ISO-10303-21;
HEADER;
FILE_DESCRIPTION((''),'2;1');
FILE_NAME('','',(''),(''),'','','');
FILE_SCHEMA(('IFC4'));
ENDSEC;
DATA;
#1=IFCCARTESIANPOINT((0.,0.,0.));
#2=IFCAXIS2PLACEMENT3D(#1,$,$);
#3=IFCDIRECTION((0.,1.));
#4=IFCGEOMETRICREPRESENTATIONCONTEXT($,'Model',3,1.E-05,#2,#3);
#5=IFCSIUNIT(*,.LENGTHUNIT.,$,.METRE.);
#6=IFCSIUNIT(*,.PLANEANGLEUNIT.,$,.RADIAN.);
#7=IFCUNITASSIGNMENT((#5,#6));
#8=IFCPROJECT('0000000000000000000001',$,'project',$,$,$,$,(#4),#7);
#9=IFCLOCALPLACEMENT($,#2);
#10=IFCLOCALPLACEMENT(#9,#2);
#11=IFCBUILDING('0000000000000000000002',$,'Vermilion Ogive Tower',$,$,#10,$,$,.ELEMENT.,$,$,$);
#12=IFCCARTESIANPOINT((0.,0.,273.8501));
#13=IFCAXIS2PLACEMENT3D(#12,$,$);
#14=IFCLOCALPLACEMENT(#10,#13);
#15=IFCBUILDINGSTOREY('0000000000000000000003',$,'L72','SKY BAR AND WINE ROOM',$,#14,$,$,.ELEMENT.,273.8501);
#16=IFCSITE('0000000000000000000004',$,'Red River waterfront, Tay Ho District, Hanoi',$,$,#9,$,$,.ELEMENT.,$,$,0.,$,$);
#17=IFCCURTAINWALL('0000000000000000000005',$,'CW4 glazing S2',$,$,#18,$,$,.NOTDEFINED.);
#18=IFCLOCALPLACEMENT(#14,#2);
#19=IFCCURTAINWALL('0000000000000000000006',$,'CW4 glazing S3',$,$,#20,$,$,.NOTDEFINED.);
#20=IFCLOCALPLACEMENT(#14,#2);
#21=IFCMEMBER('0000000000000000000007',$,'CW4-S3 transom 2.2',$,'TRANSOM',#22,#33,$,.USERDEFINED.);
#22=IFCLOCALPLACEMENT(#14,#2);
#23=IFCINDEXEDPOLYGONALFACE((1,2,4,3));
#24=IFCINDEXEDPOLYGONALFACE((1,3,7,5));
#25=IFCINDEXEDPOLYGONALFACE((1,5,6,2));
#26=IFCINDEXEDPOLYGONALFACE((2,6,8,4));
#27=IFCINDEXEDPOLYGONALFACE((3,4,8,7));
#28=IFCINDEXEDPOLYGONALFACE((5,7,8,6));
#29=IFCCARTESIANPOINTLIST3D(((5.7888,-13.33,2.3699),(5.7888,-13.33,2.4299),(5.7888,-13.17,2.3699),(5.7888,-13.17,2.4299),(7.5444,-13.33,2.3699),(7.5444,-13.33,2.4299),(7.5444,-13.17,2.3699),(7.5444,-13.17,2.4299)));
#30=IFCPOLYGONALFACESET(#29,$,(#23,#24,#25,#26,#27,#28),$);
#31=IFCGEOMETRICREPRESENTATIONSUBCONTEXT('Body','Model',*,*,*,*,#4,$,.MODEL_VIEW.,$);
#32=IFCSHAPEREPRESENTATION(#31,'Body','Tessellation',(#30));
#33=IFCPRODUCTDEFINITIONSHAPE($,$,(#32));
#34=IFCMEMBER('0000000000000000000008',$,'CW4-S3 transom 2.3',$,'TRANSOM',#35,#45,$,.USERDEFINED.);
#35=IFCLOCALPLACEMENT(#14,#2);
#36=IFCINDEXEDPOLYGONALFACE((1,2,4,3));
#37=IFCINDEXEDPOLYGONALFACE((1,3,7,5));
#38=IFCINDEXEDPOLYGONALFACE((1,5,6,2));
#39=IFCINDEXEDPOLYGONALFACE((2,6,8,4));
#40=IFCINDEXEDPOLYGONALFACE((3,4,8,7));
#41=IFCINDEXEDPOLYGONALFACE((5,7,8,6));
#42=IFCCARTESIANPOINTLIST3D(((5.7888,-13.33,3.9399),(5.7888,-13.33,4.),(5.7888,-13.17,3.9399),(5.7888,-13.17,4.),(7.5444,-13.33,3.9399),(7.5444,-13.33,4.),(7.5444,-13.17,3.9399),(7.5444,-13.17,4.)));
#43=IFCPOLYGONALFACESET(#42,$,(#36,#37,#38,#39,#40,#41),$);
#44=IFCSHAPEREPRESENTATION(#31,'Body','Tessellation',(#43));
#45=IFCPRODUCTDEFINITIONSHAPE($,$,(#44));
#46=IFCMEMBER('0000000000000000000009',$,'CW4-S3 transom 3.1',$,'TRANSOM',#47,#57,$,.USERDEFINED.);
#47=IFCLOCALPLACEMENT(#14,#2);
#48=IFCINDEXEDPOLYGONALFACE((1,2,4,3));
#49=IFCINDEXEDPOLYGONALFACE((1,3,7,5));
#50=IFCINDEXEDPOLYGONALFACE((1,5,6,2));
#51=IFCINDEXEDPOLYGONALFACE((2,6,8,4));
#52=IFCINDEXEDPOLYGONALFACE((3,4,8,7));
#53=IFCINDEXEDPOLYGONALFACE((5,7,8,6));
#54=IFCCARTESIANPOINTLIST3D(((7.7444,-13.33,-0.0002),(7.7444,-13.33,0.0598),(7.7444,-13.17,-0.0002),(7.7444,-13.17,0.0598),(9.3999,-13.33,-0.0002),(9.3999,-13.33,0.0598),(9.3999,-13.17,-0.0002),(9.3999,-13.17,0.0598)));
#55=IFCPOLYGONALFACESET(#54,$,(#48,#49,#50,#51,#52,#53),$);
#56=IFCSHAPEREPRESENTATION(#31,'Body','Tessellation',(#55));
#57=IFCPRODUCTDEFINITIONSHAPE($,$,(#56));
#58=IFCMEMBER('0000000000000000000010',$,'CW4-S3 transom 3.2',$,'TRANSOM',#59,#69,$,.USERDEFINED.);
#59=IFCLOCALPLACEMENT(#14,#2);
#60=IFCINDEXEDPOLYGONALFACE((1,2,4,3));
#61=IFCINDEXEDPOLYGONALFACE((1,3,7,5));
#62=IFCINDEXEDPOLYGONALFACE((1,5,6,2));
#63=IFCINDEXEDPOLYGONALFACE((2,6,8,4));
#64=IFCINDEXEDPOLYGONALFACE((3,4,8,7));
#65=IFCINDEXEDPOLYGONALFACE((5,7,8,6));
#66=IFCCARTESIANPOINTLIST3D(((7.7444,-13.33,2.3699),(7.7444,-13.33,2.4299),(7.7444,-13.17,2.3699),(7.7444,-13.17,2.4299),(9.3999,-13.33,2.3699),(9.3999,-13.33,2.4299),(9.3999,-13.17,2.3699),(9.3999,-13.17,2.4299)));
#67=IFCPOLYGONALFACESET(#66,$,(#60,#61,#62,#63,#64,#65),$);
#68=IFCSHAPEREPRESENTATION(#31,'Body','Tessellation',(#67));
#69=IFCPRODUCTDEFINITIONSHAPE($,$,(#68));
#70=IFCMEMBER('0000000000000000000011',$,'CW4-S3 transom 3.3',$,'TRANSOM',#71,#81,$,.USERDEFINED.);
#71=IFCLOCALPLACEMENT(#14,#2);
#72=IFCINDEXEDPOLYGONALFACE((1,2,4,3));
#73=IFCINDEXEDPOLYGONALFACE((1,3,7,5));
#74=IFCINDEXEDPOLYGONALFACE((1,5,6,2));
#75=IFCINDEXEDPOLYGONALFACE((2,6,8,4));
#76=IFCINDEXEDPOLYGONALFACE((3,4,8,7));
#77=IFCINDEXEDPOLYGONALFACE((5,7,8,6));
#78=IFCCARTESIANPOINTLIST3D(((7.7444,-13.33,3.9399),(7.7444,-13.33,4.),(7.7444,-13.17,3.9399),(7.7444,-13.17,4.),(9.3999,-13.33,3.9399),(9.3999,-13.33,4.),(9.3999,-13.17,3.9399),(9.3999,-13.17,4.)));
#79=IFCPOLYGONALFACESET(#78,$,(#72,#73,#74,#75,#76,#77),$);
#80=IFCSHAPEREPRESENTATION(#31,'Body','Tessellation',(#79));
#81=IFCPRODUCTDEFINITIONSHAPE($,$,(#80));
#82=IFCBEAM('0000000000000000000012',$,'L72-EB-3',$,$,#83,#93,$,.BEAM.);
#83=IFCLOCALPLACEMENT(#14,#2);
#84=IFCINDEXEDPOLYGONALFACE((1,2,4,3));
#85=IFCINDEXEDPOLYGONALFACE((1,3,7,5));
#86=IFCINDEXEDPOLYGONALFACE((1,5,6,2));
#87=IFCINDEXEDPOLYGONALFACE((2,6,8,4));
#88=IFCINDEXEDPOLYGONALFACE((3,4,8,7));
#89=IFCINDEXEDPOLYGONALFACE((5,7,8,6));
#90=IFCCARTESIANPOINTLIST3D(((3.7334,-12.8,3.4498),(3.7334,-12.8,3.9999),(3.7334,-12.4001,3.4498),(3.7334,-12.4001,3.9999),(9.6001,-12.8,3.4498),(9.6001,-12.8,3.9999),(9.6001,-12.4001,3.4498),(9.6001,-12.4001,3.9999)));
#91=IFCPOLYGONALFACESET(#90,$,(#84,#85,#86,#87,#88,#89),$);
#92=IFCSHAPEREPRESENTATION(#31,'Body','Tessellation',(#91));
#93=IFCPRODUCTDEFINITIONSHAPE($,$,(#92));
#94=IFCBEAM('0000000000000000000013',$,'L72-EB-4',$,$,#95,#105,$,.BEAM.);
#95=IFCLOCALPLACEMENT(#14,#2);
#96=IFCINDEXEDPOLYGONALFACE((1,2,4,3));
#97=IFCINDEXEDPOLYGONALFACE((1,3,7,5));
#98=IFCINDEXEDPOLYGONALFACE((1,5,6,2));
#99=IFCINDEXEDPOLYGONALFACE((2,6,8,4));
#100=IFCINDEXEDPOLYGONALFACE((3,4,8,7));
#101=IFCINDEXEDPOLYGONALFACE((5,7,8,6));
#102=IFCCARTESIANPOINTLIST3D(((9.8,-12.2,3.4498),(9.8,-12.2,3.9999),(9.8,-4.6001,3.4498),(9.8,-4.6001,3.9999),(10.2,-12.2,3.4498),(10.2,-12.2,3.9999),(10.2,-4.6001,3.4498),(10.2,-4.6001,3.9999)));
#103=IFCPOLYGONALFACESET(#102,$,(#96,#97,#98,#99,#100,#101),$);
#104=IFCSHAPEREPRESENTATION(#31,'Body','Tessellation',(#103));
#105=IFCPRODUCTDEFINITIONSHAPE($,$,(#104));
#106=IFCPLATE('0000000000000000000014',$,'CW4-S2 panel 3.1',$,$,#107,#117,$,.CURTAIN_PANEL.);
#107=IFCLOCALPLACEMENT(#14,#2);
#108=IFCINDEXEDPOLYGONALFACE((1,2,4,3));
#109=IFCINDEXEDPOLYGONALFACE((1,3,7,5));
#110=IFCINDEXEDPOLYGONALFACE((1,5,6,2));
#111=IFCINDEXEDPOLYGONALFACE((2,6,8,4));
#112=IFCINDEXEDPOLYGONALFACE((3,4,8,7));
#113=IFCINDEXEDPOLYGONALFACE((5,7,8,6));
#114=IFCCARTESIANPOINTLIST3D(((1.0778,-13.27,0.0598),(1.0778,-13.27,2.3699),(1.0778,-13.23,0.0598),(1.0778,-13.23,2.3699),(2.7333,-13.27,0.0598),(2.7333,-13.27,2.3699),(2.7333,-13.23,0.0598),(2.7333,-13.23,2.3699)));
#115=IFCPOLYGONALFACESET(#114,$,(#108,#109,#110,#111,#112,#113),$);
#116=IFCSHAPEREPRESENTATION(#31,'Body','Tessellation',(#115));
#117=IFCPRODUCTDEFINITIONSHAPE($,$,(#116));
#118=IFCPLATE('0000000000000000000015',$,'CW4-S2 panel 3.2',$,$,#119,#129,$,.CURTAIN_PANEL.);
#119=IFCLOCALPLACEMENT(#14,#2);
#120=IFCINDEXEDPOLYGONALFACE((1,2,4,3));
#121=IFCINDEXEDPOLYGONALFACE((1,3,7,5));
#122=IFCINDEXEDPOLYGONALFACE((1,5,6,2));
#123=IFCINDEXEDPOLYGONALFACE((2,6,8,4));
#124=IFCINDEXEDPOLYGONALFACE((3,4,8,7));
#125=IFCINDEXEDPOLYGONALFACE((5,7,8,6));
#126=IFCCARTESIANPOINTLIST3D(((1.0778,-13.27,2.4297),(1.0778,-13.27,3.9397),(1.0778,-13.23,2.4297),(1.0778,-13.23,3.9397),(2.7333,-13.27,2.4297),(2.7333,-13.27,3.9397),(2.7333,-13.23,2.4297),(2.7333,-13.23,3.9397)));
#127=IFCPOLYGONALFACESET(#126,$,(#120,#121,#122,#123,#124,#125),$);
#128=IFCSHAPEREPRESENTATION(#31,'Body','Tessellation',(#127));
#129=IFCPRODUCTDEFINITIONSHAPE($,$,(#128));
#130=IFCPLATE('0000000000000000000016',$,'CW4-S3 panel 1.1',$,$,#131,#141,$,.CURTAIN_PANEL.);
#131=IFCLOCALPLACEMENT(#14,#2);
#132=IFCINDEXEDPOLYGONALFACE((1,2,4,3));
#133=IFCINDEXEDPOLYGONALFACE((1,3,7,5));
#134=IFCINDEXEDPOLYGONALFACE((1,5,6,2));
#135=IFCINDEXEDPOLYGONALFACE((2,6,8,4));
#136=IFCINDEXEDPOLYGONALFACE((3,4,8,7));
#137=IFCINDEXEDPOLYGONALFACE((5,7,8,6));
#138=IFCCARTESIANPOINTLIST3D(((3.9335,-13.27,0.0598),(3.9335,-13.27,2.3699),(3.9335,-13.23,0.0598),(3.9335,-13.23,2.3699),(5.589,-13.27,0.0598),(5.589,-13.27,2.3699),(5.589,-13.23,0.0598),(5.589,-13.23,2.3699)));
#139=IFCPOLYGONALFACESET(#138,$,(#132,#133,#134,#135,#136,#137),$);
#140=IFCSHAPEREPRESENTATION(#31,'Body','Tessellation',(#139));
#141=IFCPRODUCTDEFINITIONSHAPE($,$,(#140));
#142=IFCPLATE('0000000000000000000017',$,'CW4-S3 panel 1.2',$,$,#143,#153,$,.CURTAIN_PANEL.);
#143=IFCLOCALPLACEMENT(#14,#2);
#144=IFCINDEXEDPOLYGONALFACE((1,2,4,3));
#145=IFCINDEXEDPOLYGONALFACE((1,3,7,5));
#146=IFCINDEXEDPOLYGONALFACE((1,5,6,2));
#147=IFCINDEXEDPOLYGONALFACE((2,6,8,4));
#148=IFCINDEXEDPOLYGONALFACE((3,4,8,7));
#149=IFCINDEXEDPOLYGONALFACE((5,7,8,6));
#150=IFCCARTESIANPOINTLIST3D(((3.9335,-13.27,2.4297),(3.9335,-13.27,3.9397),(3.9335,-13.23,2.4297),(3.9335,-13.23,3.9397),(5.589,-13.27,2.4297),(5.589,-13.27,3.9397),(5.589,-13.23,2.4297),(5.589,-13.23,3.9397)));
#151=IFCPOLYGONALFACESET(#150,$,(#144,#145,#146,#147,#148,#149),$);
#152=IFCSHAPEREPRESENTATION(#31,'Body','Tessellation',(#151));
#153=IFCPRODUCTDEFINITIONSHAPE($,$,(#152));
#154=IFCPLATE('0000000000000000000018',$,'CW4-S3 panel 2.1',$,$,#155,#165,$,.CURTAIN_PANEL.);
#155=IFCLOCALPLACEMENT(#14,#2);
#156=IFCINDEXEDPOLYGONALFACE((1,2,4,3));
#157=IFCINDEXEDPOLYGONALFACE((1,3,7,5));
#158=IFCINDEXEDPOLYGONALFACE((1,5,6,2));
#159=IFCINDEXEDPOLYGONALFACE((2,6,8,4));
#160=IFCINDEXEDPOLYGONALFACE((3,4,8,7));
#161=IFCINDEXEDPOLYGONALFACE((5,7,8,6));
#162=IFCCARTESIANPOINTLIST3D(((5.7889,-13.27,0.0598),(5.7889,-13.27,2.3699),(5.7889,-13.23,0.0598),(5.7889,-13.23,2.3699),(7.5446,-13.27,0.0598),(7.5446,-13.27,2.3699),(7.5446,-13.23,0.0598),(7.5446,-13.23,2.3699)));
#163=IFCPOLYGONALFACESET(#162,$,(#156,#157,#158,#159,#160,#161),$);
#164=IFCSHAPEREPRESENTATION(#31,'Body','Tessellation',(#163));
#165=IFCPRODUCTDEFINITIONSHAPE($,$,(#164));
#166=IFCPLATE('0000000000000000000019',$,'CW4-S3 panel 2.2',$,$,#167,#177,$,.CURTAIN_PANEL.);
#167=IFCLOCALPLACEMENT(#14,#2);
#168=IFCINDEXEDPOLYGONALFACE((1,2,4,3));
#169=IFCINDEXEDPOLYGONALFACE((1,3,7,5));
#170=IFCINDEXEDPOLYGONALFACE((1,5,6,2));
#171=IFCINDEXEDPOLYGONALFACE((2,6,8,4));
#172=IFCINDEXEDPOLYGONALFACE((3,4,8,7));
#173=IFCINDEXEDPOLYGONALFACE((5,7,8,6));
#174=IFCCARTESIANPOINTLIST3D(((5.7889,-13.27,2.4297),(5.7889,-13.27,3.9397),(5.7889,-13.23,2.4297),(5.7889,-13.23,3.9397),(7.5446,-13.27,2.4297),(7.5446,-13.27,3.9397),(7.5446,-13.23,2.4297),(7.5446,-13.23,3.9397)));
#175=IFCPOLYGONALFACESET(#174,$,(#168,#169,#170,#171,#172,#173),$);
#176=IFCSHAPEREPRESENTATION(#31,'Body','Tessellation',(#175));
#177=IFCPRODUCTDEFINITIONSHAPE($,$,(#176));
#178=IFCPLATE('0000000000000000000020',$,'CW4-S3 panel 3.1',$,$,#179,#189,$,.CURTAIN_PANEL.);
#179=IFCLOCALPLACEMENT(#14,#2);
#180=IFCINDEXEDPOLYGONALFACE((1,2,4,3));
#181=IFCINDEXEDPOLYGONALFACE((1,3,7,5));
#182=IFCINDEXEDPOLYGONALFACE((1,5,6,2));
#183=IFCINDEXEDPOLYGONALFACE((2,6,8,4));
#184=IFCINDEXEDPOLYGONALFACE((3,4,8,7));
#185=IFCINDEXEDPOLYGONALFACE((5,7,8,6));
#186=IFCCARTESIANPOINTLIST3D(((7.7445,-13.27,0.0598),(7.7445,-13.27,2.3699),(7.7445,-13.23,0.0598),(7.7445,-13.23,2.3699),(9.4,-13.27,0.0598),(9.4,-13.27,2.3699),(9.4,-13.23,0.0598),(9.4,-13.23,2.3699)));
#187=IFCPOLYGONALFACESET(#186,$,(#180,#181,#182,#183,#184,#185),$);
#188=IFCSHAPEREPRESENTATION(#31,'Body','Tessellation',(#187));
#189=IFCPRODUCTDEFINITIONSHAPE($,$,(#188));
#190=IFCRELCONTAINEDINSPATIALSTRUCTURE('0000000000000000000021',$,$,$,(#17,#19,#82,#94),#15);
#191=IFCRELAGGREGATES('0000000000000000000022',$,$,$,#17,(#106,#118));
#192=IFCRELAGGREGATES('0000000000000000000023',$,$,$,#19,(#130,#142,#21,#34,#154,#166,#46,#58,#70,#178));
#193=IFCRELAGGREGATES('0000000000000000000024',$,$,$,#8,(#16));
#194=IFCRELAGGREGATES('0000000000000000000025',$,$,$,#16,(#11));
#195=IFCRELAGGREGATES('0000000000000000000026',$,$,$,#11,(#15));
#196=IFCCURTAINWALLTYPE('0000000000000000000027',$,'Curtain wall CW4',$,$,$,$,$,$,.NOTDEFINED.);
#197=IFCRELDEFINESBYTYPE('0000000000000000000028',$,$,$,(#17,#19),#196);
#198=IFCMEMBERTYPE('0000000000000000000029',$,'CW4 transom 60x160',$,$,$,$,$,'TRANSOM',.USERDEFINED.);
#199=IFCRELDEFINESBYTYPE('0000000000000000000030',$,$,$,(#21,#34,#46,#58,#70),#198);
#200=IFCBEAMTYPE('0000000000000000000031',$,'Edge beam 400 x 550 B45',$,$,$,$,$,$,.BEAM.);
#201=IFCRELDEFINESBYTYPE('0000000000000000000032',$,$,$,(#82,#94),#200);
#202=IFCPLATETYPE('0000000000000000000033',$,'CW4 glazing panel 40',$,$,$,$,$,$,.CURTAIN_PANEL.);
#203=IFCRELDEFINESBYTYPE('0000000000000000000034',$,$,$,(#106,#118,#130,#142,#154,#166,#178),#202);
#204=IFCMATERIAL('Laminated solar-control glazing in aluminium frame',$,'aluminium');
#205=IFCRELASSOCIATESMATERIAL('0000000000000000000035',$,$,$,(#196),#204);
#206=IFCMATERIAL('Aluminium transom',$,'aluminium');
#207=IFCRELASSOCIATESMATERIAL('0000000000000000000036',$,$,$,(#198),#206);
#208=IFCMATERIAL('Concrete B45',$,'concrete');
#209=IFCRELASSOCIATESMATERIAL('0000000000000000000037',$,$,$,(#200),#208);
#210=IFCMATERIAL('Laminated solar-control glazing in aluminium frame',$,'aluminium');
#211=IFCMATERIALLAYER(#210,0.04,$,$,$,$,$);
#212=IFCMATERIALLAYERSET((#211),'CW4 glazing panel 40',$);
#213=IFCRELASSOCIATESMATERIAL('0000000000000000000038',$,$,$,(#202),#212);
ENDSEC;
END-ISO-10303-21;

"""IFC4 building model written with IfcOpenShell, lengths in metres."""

from ifc_helpers import new_model, si_unit, direction, frame, origin, origin_2d, place, context, subcontext, project, spatial, rectangle, extrude, material, layer, layer_set, material_profile, profile_set, type_object, element, aggregate, save


model = new_model("IFC4")

# Units and contexts
model_context = context("Model", 3, precision=1e-05, world=origin(), true_north=direction((0.0, 1.0)))
body_context = subcontext(model_context, "Body", "Model", "MODEL_VIEW")
ifc_project = project(units=[si_unit("LENGTHUNIT", "METRE"), si_unit("PLANEANGLEUNIT", "RADIAN")], contexts=[model_context])

# Site, building, storey
site_placement = place(None, origin())
site = spatial("IfcSite", under=ifc_project, at=site_placement, Name="Red River waterfront, Tay Ho District, Hanoi", CompositionType="ELEMENT", RefElevation=0.0)
building_placement = place(site_placement, origin())
building = spatial("IfcBuilding", under=site, at=building_placement, Name="Vermilion Ogive Tower", CompositionType="ELEMENT")
storey_placement = place(building_placement, frame((0.0, 0.0, 273.8501)))
storey = spatial("IfcBuildingStorey", under=building, at=storey_placement, Name="L72", Description="SKY BAR AND WINE ROOM", CompositionType="ELEMENT", Elevation=273.8501)

# Curtain walls
ifc_material_1 = material(Name="Laminated solar-control glazing in aluminium frame", Category="aluminium")
curtain_wall_type = type_object("IfcCurtainWallType", Name="Curtain wall CW4", PredefinedType="NOTDEFINED", material=ifc_material_1)
curtain_wall_1_placement = place(storey_placement, origin())
curtain_wall_1 = element("IfcCurtainWall", 1, at=curtain_wall_1_placement, inside=storey, type_object=curtain_wall_type, Name="CW4 glazing S2", PredefinedType="NOTDEFINED")
curtain_wall_2_placement = place(storey_placement, origin())
curtain_wall_2 = element("IfcCurtainWall", 2, at=curtain_wall_2_placement, inside=storey, type_object=curtain_wall_type, Name="CW4 glazing S3", PredefinedType="NOTDEFINED")

# Members
ifc_material_2 = material(Name="Aluminium transom", Category="aluminium")
ifc_material_profile_1 = material_profile(ifc_material_2, rectangle(XDim=0.1599, YDim=0.0601, at=origin_2d()), Name="AL 60x160")
ifc_profile_set_1 = profile_set([ifc_material_profile_1], Name="Aluminium transom")
member_type_1 = type_object("IfcMemberType", Name="CW4 transom 60x160", ElementType="TRANSOM", PredefinedType="USERDEFINED", material=ifc_profile_set_1)
member_1_placement = place(storey_placement, frame((5.7888, -13.25, 2.3999), z_axis=(1.0, 0.0, 0.0), x_axis=(0.0, 1.0, 0.0)))
member_1 = element("IfcMember", 3, at=member_1_placement, type_object=member_type_1, Name="CW4-S3 transom 2.2", ObjectType="TRANSOM", PredefinedType="USERDEFINED", context=body_context, shape_type="SweptSolid", body=[
    extrude(rectangle(XDim=0.1599, YDim=0.0601, at=origin_2d()), origin(), (0.0, 0.0, 1.0), 1.7556),
])
member_2_placement = place(storey_placement, frame((5.7888, -13.25, 3.97), z_axis=(1.0, 0.0, 0.0), x_axis=(0.0, 1.0, 0.0)))
member_2 = element("IfcMember", 4, at=member_2_placement, type_object=member_type_1, Name="CW4-S3 transom 2.3", ObjectType="TRANSOM", PredefinedType="USERDEFINED", context=body_context, shape_type="SweptSolid", body=[
    extrude(rectangle(XDim=0.1599, YDim=0.0601, at=origin_2d()), origin(), (0.0, 0.0, 1.0), 1.7556),
])
member_3_placement = place(storey_placement, frame((7.7444, -13.25, 0.0298), z_axis=(1.0, 0.0, 0.0), x_axis=(0.0, 1.0, 0.0)))
member_3 = element("IfcMember", 5, at=member_3_placement, type_object=member_type_1, Name="CW4-S3 transom 3.1", ObjectType="TRANSOM", PredefinedType="USERDEFINED", context=body_context, shape_type="SweptSolid", body=[
    extrude(rectangle(XDim=0.1599, YDim=0.0601, at=origin_2d()), origin(), (0.0, 0.0, 1.0), 1.6555),
])
member_4_placement = place(storey_placement, frame((7.7444, -13.25, 2.3999), z_axis=(1.0, 0.0, 0.0), x_axis=(0.0, 1.0, 0.0)))
member_4 = element("IfcMember", 6, at=member_4_placement, type_object=member_type_1, Name="CW4-S3 transom 3.2", ObjectType="TRANSOM", PredefinedType="USERDEFINED", context=body_context, shape_type="SweptSolid", body=[
    extrude(rectangle(XDim=0.1599, YDim=0.0601, at=origin_2d()), origin(), (0.0, 0.0, 1.0), 1.6555),
])
member_5_placement = place(storey_placement, frame((7.7444, -13.25, 3.97), z_axis=(1.0, 0.0, 0.0), x_axis=(0.0, 1.0, 0.0)))
member_5 = element("IfcMember", 7, at=member_5_placement, type_object=member_type_1, Name="CW4-S3 transom 3.3", ObjectType="TRANSOM", PredefinedType="USERDEFINED", context=body_context, shape_type="SweptSolid", body=[
    extrude(rectangle(XDim=0.1599, YDim=0.0601, at=origin_2d()), origin(), (0.0, 0.0, 1.0), 1.6555),
])

# Beams
ifc_material_3 = material(Name="Concrete B45", Category="concrete")
ifc_material_profile_2 = material_profile(ifc_material_3, rectangle(XDim=0.3999, YDim=0.55, at=origin_2d()), Name="400 x 550")
ifc_profile_set_2 = profile_set([ifc_material_profile_2], Name="Concrete B45")
beam_type = type_object("IfcBeamType", Name="Edge beam 400 x 550 B45", PredefinedType="BEAM", material=ifc_profile_set_2)
beam_1_placement = place(storey_placement, frame((3.7334, -12.6001, 3.7249), z_axis=(1.0, 0.0, 0.0), x_axis=(0.0, 1.0, 0.0)))
element("IfcBeam", 8, at=beam_1_placement, inside=storey, type_object=beam_type, Name="L72-EB-3", PredefinedType="BEAM", context=body_context, shape_type="SweptSolid", body=[
    extrude(rectangle(XDim=0.3999, YDim=0.55, at=origin_2d()), origin(), (0.0, 0.0, 1.0), 5.8667),
])
beam_2_placement = place(storey_placement, frame((10.0, -12.2, 3.7249), z_axis=(0.0, 1.0, 0.0), x_axis=(-1.0, 0.0, 0.0)))
element("IfcBeam", 9, at=beam_2_placement, inside=storey, type_object=beam_type, Name="L72-EB-4", PredefinedType="BEAM", context=body_context, shape_type="SweptSolid", body=[
    extrude(rectangle(XDim=0.3999, YDim=0.55, at=origin_2d()), origin(), (0.0, 0.0, 1.0), 7.5999),
])

# Plates
ifc_material_4 = material(Name="Laminated solar-control glazing in aluminium frame", Category="aluminium")
ifc_layer_1 = layer(ifc_material_4, 0.04)
ifc_layer_set_1 = layer_set([ifc_layer_1], Name="CW4 glazing panel 40")
plate_type = type_object("IfcPlateType", Name="CW4 glazing panel 40", PredefinedType="CURTAIN_PANEL", material=ifc_layer_set_1)
plate_1_placement = place(storey_placement, frame((1.9055, -13.25, 0.0598), z_axis=(0.0, 0.0, 1.0), x_axis=(1.0, 0.0, 0.0)))
plate_1 = element("IfcPlate", 10, at=plate_1_placement, type_object=plate_type, Name="CW4-S2 panel 3.1", PredefinedType="CURTAIN_PANEL", context=body_context, shape_type="SweptSolid", body=[
    extrude(rectangle(XDim=1.6555, YDim=0.04, at=origin_2d()), origin(), (0.0, 0.0, 1.0), 2.3101),
])
plate_2_placement = place(storey_placement, frame((1.9055, -13.25, 2.4297), z_axis=(0.0, 0.0, 1.0), x_axis=(1.0, 0.0, 0.0)))
plate_2 = element("IfcPlate", 11, at=plate_2_placement, type_object=plate_type, Name="CW4-S2 panel 3.2", PredefinedType="CURTAIN_PANEL", context=body_context, shape_type="SweptSolid", body=[
    extrude(rectangle(XDim=1.6555, YDim=0.04, at=origin_2d()), origin(), (0.0, 0.0, 1.0), 1.51),
])
aggregate(curtain_wall_1, [plate_1, plate_2])
plate_3_placement = place(storey_placement, frame((4.7612, -13.25, 0.0598), z_axis=(0.0, 0.0, 1.0), x_axis=(1.0, 0.0, 0.0)))
plate_3 = element("IfcPlate", 12, at=plate_3_placement, type_object=plate_type, Name="CW4-S3 panel 1.1", PredefinedType="CURTAIN_PANEL", context=body_context, shape_type="SweptSolid", body=[
    extrude(rectangle(XDim=1.6555, YDim=0.04, at=origin_2d()), origin(), (0.0, 0.0, 1.0), 2.3101),
])
plate_4_placement = place(storey_placement, frame((4.7612, -13.25, 2.4297), z_axis=(0.0, 0.0, 1.0), x_axis=(1.0, 0.0, 0.0)))
plate_4 = element("IfcPlate", 13, at=plate_4_placement, type_object=plate_type, Name="CW4-S3 panel 1.2", PredefinedType="CURTAIN_PANEL", context=body_context, shape_type="SweptSolid", body=[
    extrude(rectangle(XDim=1.6555, YDim=0.04, at=origin_2d()), origin(), (0.0, 0.0, 1.0), 1.51),
])
plate_5_placement = place(storey_placement, frame((6.6667, -13.25, 0.0598), z_axis=(0.0, 0.0, 1.0), x_axis=(1.0, 0.0, 0.0)))
plate_5 = element("IfcPlate", 14, at=plate_5_placement, type_object=plate_type, Name="CW4-S3 panel 2.1", PredefinedType="CURTAIN_PANEL", context=body_context, shape_type="SweptSolid", body=[
    extrude(rectangle(XDim=1.7556, YDim=0.04, at=origin_2d()), origin(), (0.0, 0.0, 1.0), 2.3101),
])
plate_6_placement = place(storey_placement, frame((6.6667, -13.25, 2.4297), z_axis=(0.0, 0.0, 1.0), x_axis=(1.0, 0.0, 0.0)))
plate_6 = element("IfcPlate", 15, at=plate_6_placement, type_object=plate_type, Name="CW4-S3 panel 2.2", PredefinedType="CURTAIN_PANEL", context=body_context, shape_type="SweptSolid", body=[
    extrude(rectangle(XDim=1.7556, YDim=0.04, at=origin_2d()), origin(), (0.0, 0.0, 1.0), 1.51),
])
plate_7_placement = place(storey_placement, frame((8.5723, -13.25, 0.0598), z_axis=(0.0, 0.0, 1.0), x_axis=(1.0, 0.0, 0.0)))
plate_7 = element("IfcPlate", 16, at=plate_7_placement, type_object=plate_type, Name="CW4-S3 panel 3.1", PredefinedType="CURTAIN_PANEL", context=body_context, shape_type="SweptSolid", body=[
    extrude(rectangle(XDim=1.6555, YDim=0.04, at=origin_2d()), origin(), (0.0, 0.0, 1.0), 2.3101),
])
aggregate(curtain_wall_2, [plate_3, plate_4, member_1, member_2, plate_5, plate_6, member_3, member_4, member_5, plate_7])

save(model, "model.ifc")
